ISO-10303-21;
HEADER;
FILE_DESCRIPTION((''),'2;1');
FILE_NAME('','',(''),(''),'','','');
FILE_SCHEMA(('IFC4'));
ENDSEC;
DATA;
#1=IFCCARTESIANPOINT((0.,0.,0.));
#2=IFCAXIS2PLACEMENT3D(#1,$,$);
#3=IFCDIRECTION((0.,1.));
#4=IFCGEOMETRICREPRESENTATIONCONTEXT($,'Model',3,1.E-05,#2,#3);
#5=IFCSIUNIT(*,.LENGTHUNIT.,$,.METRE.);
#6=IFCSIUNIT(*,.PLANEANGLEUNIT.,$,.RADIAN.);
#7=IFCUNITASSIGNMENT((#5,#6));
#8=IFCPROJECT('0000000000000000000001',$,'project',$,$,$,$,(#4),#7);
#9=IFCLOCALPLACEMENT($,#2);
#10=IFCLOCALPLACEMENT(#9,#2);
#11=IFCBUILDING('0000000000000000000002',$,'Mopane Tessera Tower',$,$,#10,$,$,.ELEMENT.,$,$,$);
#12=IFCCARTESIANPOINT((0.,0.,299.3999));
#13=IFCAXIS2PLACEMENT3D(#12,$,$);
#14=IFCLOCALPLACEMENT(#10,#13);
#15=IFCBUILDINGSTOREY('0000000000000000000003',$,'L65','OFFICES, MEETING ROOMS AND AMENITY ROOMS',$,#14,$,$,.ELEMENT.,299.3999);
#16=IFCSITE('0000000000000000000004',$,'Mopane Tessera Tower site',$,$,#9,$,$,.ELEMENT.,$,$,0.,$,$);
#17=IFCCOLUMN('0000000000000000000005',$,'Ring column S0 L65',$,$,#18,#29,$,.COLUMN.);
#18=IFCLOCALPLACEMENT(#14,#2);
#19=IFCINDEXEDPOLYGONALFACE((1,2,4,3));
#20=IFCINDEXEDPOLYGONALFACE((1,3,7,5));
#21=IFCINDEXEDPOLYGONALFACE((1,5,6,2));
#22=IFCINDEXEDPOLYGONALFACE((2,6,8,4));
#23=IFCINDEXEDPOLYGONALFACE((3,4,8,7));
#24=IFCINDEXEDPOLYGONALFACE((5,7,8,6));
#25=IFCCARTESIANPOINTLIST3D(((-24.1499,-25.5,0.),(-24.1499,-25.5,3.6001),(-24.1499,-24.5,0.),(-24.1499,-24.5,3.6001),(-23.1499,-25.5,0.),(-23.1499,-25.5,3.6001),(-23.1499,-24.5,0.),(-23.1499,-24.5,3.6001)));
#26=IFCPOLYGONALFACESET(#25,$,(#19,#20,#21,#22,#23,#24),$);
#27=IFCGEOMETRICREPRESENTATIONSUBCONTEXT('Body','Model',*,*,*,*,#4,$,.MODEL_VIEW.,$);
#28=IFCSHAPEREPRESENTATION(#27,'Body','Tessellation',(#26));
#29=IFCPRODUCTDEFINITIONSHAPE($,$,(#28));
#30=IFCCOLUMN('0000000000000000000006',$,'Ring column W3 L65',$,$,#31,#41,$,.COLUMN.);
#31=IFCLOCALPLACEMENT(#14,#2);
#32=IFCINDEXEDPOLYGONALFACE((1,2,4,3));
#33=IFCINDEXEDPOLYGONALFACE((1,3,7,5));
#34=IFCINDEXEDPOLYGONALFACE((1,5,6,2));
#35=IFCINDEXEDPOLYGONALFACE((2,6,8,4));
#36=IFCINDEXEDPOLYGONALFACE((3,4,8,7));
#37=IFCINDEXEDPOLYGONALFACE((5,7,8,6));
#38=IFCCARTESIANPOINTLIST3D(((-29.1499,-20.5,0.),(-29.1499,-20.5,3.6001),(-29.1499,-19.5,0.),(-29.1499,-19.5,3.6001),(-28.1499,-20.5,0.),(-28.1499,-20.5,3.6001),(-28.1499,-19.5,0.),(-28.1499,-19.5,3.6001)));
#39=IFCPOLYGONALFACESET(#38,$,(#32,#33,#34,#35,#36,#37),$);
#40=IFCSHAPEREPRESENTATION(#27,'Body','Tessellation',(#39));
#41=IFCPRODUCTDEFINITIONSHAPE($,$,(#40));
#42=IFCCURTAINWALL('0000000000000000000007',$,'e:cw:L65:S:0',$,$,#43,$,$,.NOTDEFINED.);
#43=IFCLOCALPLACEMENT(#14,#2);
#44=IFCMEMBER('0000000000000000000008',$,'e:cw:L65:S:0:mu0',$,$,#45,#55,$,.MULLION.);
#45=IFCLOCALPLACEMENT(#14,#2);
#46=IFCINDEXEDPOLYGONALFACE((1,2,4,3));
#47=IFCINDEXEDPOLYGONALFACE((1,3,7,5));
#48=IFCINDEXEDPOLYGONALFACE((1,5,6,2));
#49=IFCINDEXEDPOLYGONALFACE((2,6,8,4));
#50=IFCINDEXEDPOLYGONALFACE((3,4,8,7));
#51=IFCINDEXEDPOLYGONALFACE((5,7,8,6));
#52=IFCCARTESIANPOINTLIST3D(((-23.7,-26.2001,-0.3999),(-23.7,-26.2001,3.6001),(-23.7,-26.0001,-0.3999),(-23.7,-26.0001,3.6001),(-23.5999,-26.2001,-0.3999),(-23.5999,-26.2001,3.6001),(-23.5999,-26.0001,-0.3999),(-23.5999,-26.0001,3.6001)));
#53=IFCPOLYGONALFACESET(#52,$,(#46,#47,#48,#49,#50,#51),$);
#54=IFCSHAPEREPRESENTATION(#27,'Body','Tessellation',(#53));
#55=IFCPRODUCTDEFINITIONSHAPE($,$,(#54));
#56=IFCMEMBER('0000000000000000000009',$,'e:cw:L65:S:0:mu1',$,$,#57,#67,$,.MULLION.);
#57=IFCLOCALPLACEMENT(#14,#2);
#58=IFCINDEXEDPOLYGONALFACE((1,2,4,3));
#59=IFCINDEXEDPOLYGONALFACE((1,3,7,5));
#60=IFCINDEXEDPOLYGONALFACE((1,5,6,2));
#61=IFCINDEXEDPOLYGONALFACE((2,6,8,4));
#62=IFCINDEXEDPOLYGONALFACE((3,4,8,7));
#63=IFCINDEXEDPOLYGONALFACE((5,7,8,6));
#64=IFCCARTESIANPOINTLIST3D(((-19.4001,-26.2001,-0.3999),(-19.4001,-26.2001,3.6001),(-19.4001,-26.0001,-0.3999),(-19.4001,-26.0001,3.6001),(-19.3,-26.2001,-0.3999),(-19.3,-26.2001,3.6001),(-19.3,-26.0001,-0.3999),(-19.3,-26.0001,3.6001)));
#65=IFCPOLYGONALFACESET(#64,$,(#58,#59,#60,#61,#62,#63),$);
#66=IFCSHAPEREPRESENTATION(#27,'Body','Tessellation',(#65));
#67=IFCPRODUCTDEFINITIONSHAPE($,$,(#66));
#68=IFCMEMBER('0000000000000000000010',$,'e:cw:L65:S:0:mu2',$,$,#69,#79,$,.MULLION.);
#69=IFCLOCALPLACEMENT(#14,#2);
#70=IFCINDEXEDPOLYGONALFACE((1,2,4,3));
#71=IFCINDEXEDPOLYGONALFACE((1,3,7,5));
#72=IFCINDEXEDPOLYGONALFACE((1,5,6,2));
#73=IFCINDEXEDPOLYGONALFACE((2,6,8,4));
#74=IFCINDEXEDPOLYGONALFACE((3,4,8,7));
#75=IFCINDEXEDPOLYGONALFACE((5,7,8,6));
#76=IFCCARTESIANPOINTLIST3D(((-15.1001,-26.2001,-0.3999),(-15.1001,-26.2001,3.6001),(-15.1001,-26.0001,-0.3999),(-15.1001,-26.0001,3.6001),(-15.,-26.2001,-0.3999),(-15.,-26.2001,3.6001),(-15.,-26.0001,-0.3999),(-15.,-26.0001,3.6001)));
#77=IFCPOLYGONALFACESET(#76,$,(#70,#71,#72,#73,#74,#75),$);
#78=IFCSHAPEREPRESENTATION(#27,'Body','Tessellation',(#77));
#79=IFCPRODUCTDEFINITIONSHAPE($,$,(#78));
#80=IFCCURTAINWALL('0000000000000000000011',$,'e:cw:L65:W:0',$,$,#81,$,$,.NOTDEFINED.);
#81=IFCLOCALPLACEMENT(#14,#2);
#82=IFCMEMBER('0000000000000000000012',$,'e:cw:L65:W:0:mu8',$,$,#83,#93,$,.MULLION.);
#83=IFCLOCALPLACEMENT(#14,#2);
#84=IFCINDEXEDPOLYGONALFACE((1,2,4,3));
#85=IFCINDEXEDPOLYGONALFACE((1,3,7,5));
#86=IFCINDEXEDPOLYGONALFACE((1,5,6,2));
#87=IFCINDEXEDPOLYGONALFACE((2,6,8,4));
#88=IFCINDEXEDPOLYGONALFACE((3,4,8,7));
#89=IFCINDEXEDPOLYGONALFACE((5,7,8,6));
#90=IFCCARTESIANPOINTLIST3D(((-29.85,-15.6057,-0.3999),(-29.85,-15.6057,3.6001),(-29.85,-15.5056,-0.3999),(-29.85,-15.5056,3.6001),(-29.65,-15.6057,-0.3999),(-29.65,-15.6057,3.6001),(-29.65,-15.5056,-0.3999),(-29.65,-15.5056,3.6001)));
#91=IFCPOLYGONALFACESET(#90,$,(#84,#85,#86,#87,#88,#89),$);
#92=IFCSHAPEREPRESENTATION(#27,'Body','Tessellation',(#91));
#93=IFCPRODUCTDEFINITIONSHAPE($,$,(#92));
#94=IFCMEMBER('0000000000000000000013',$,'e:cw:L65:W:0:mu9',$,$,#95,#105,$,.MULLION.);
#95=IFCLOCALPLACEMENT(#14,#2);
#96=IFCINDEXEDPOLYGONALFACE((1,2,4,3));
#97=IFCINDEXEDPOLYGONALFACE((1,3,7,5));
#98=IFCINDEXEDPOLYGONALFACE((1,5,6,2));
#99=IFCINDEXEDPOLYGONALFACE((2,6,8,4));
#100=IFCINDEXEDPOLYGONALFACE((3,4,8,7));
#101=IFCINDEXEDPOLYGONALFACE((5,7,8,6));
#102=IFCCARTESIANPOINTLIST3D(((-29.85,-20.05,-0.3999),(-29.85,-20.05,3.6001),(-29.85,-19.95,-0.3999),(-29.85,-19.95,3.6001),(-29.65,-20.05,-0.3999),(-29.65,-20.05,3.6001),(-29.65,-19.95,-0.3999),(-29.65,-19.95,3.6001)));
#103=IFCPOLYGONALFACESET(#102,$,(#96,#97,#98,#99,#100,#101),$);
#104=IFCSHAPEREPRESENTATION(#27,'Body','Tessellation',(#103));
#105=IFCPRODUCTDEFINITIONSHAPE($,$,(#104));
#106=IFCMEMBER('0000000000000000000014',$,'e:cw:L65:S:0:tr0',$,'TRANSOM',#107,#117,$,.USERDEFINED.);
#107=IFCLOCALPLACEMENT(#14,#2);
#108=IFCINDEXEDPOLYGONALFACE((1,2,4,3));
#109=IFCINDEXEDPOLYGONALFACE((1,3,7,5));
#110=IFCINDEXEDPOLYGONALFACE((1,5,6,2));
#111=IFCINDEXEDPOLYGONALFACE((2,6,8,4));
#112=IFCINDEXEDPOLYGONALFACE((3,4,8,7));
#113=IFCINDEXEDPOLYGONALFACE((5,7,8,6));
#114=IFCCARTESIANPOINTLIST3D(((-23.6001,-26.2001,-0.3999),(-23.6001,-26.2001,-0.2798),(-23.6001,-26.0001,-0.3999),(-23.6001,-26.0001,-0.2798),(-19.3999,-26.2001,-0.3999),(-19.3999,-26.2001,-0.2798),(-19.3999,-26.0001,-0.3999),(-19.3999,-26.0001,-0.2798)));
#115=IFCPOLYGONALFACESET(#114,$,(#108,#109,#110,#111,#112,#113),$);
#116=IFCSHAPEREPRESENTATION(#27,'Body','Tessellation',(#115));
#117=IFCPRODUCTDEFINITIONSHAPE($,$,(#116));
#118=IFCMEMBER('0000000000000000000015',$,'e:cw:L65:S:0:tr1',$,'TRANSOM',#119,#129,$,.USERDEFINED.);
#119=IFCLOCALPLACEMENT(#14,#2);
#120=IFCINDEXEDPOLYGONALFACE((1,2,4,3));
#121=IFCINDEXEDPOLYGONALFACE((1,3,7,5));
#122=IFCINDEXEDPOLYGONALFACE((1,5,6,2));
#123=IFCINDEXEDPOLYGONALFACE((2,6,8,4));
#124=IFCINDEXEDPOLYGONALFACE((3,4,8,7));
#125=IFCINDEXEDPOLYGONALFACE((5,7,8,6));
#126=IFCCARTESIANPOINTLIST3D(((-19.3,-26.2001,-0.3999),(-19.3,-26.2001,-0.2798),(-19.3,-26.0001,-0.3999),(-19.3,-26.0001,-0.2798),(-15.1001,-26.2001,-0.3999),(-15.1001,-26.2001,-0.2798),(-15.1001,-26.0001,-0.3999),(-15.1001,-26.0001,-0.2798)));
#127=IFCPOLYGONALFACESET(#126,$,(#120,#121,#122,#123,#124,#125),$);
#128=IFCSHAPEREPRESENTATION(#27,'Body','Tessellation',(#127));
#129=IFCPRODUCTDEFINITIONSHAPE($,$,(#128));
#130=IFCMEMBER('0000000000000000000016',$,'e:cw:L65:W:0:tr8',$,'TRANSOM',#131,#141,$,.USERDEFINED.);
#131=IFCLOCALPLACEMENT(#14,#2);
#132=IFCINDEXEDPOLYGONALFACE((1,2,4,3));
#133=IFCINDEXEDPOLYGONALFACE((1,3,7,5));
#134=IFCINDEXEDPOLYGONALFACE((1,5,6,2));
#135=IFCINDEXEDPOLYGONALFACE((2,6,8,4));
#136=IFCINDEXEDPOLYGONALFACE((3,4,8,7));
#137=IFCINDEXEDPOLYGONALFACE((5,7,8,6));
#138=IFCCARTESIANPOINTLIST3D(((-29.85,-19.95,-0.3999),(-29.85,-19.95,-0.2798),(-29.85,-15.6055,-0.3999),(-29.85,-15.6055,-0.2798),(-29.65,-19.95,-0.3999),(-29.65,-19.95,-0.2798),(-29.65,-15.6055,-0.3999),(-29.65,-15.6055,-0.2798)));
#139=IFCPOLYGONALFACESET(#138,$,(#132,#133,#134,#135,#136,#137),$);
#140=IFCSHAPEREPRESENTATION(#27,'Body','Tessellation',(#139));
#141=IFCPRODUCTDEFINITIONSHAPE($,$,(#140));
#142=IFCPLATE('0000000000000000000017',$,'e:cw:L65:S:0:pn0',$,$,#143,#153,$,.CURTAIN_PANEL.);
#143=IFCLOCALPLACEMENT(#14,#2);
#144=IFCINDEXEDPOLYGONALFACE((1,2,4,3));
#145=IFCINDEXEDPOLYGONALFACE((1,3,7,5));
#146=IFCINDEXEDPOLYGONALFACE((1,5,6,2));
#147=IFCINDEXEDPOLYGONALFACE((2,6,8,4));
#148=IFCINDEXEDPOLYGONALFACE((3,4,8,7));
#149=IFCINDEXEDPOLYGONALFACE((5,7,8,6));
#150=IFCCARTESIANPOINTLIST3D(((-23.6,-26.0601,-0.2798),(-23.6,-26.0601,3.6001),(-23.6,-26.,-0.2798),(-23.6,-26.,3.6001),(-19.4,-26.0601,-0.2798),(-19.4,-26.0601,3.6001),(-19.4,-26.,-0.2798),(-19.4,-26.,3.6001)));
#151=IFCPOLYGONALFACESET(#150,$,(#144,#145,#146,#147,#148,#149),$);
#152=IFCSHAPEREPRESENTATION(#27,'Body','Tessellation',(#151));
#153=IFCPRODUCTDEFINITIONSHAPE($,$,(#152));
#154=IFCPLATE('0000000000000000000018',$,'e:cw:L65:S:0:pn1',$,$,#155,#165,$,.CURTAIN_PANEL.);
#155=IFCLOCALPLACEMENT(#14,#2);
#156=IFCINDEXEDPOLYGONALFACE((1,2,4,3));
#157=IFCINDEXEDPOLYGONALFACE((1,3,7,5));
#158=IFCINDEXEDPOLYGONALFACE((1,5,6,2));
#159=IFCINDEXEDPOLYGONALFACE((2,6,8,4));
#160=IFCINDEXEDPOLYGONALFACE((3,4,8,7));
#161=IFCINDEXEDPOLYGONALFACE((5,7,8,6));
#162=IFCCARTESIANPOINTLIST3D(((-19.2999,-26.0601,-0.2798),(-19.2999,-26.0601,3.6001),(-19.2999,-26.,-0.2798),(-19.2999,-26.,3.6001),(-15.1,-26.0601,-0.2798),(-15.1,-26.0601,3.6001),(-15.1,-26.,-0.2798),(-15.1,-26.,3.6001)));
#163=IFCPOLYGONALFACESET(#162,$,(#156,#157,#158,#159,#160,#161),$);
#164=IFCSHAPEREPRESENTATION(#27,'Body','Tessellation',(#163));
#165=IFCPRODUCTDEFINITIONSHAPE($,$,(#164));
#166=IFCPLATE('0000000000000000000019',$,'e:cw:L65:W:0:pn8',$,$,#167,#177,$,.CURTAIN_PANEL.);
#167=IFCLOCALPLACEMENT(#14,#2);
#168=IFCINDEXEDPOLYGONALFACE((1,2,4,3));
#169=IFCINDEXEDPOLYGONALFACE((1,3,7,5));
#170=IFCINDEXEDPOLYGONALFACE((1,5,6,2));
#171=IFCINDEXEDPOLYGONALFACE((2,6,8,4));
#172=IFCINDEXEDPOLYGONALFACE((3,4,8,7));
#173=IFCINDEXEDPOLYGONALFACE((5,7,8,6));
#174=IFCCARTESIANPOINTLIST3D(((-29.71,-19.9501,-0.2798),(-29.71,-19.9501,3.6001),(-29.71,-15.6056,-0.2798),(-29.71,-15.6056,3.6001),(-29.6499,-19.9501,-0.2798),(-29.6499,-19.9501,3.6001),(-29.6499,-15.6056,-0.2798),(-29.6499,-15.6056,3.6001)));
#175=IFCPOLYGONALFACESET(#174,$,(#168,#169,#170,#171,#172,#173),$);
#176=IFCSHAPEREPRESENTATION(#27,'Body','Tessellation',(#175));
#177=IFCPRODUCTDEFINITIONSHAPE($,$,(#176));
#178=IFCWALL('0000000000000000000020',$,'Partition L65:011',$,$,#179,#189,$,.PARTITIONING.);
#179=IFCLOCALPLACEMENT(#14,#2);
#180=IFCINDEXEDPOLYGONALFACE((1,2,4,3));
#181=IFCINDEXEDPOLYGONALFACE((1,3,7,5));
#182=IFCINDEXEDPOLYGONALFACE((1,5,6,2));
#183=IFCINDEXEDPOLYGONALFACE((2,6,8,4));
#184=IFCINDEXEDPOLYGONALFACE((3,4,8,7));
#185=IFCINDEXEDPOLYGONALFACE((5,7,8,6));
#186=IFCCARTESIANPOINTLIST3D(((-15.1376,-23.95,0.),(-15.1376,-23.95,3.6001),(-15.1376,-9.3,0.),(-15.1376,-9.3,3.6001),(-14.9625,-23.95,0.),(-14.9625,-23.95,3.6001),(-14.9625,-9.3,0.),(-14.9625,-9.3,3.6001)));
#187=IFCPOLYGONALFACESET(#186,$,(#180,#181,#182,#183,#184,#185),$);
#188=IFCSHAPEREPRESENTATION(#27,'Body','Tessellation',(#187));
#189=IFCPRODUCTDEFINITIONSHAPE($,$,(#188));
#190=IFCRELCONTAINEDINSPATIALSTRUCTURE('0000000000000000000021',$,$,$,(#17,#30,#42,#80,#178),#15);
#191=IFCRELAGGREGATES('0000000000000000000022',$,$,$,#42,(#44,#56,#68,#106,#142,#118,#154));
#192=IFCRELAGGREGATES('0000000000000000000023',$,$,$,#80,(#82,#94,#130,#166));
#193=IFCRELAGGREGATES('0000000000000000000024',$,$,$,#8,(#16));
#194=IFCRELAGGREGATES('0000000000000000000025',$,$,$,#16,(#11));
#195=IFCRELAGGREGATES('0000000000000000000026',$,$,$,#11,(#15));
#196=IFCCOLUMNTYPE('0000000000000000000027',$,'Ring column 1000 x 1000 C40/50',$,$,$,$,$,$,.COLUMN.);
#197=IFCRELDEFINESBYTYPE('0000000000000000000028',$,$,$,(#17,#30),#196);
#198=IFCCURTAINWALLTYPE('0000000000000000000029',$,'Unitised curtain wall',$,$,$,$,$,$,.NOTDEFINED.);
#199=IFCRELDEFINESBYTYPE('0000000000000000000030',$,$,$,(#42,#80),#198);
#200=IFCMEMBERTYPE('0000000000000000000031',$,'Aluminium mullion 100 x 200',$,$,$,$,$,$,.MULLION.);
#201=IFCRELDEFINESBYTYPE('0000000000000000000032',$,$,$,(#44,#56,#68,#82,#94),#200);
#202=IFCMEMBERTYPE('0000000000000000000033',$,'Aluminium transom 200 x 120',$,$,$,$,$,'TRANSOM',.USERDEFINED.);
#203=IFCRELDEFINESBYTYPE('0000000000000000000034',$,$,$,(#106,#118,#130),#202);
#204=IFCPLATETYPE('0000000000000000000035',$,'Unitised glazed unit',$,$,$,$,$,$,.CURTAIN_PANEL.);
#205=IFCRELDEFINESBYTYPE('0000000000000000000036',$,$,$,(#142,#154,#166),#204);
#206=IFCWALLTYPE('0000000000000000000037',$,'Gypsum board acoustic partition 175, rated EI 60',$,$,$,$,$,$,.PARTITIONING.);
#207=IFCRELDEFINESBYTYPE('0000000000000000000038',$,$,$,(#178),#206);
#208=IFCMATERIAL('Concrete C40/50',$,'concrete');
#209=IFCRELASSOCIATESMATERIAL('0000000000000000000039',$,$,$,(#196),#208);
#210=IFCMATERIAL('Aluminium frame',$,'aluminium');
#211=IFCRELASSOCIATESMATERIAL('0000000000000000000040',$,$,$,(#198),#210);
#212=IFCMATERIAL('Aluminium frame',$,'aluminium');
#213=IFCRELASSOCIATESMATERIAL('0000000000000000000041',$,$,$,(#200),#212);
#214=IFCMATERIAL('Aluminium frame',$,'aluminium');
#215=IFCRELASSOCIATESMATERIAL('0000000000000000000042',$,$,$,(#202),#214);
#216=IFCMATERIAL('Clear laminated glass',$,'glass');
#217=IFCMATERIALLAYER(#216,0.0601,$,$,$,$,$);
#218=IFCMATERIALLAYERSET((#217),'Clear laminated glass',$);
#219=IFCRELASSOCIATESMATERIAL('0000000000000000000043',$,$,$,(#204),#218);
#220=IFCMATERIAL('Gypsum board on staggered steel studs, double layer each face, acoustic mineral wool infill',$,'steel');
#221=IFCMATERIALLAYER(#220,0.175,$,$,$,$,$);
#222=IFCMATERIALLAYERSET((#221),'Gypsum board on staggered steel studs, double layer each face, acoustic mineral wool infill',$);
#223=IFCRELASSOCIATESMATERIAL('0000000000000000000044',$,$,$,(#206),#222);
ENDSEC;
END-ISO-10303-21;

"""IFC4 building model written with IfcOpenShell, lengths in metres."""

from ifc_helpers import new_model, si_unit, direction, frame, frame_2d, origin, origin_2d, place, context, subcontext, project, spatial, rectangle, extrude, material, layer, layer_set, material_profile, profile_set, type_object, element, aggregate, save


model = new_model("IFC4")

# Units and contexts
model_context = context("Model", 3, precision=1e-05, world=origin(), true_north=direction((0.0, 1.0)))
body_context = subcontext(model_context, "Body", "Model", "MODEL_VIEW")
ifc_project = project(units=[si_unit("LENGTHUNIT", "METRE"), si_unit("PLANEANGLEUNIT", "RADIAN")], contexts=[model_context])

# Site, building, storey
site_placement = place(None, origin())
site = spatial("IfcSite", under=ifc_project, at=site_placement, Name="Mopane Tessera Tower site", CompositionType="ELEMENT", RefElevation=0.0)
building_placement = place(site_placement, origin())
building = spatial("IfcBuilding", under=site, at=building_placement, Name="Mopane Tessera Tower", CompositionType="ELEMENT")
storey_placement = place(building_placement, frame((0.0, 0.0, 299.3999)))
storey = spatial("IfcBuildingStorey", under=building, at=storey_placement, Name="L65", Description="OFFICES, MEETING ROOMS AND AMENITY ROOMS", CompositionType="ELEMENT", Elevation=299.3999)

# Columns
ifc_material_1 = material(Name="Concrete C40/50", Category="concrete")
ifc_material_profile_1 = material_profile(ifc_material_1, rectangle(XDim=1.0, YDim=1.0, at=origin_2d()))
ifc_profile_set_1 = profile_set([ifc_material_profile_1], Name="Concrete C40/50")
column_type = type_object("IfcColumnType", Name="Ring column 1000 x 1000 C40/50", PredefinedType="COLUMN", material=ifc_profile_set_1)
for number, where, z_axis, x_axis, name in (
    (1, (-23.6499, -25.0, 0.0), (0.0, 0.0, 1.0), (1.0, 0.0, 0.0), "Ring column S0 L65"),
    (2, (-28.6499, -20.0, 0.0), (0.0, 0.0, 1.0), (1.0, 0.0, 0.0), "Ring column W3 L65"),
):
    element("IfcColumn", number, at=place(storey_placement, frame(where, z_axis=z_axis, x_axis=x_axis)), inside=storey, type_object=column_type, Name=name, PredefinedType="COLUMN", context=body_context, shape_type="SweptSolid", body=[
        extrude(rectangle(XDim=1.0, YDim=1.0, at=origin_2d()), origin(), (0.0, 0.0, 1.0), 3.6001),
    ])

# Curtain walls, members
ifc_material_2 = material(Name="Aluminium frame", Category="aluminium")
curtain_wall_type = type_object("IfcCurtainWallType", Name="Unitised curtain wall", PredefinedType="NOTDEFINED", material=ifc_material_2)
curtain_wall_1_placement = place(storey_placement, origin())
curtain_wall_1 = element("IfcCurtainWall", 3, at=curtain_wall_1_placement, inside=storey, type_object=curtain_wall_type, Name="e:cw:L65:S:0", PredefinedType="NOTDEFINED")
ifc_material_3 = material(Name="Aluminium frame", Category="aluminium")
ifc_material_profile_2 = material_profile(ifc_material_3, rectangle(XDim=0.1001, YDim=0.2, at=origin_2d()))
ifc_profile_set_2 = profile_set([ifc_material_profile_2], Name="Aluminium frame")
member_type_1 = type_object("IfcMemberType", Name="Aluminium mullion 100 x 200", PredefinedType="MULLION", material=ifc_profile_set_2)
member_1_placement = place(storey_placement, frame((-23.6499, -26.1001, -0.3999), z_axis=(0.0, 0.0, 1.0), x_axis=(1.0, 0.0, 0.0)))
member_1 = element("IfcMember", 4, at=member_1_placement, type_object=member_type_1, Name="e:cw:L65:S:0:mu0", PredefinedType="MULLION", context=body_context, shape_type="SweptSolid", body=[
    extrude(rectangle(XDim=0.1001, YDim=0.2, at=origin_2d()), origin(), (0.0, 0.0, 1.0), 4.0),
])
member_2_placement = place(storey_placement, frame((-19.3501, -26.1001, -0.3999), z_axis=(0.0, 0.0, 1.0), x_axis=(1.0, 0.0, 0.0)))
member_2 = element("IfcMember", 5, at=member_2_placement, type_object=member_type_1, Name="e:cw:L65:S:0:mu1", PredefinedType="MULLION", context=body_context, shape_type="SweptSolid", body=[
    extrude(rectangle(XDim=0.1001, YDim=0.2, at=origin_2d()), origin(), (0.0, 0.0, 1.0), 4.0),
])
member_3_placement = place(storey_placement, frame((-15.05, -26.1001, -0.3999), z_axis=(0.0, 0.0, 1.0), x_axis=(1.0, 0.0, 0.0)))
member_3 = element("IfcMember", 6, at=member_3_placement, type_object=member_type_1, Name="e:cw:L65:S:0:mu2", PredefinedType="MULLION", context=body_context, shape_type="SweptSolid", body=[
    extrude(rectangle(XDim=0.1001, YDim=0.2, at=origin_2d()), origin(), (0.0, 0.0, 1.0), 4.0),
])
curtain_wall_2_placement = place(storey_placement, origin())
curtain_wall_2 = element("IfcCurtainWall", 7, at=curtain_wall_2_placement, inside=storey, type_object=curtain_wall_type, Name="e:cw:L65:W:0", PredefinedType="NOTDEFINED")
member_4_placement = place(storey_placement, frame((-29.75, -15.5557, -0.3999), z_axis=(0.0, 0.0, 1.0), x_axis=(0.0, -1.0, 0.0)))
member_4 = element("IfcMember", 8, at=member_4_placement, type_object=member_type_1, Name="e:cw:L65:W:0:mu8", PredefinedType="MULLION", context=body_context, shape_type="SweptSolid", body=[
    extrude(rectangle(XDim=0.1001, YDim=0.2, at=origin_2d()), origin(), (0.0, 0.0, 1.0), 4.0),
])
member_5_placement = place(storey_placement, frame((-29.75, -20.0, -0.3999), z_axis=(0.0, 0.0, 1.0), x_axis=(0.0, -1.0, 0.0)))
member_5 = element("IfcMember", 9, at=member_5_placement, type_object=member_type_1, Name="e:cw:L65:W:0:mu9", PredefinedType="MULLION", context=body_context, shape_type="SweptSolid", body=[
    extrude(rectangle(XDim=0.1001, YDim=0.2, at=origin_2d()), origin(), (0.0, 0.0, 1.0), 4.0),
])

# Members
ifc_material_4 = material(Name="Aluminium frame", Category="aluminium")
ifc_material_profile_3 = material_profile(ifc_material_4, rectangle(XDim=0.2, YDim=0.1201, at=origin_2d()))
ifc_profile_set_3 = profile_set([ifc_material_profile_3], Name="Aluminium frame")
member_type_2 = type_object("IfcMemberType", Name="Aluminium transom 200 x 120", ElementType="TRANSOM", PredefinedType="USERDEFINED", material=ifc_profile_set_3)
member_6_placement = place(storey_placement, frame((-23.6001, -26.1001, -0.3398), z_axis=(1.0, 0.0, 0.0), x_axis=(0.0, 1.0, 0.0)))
member_6 = element("IfcMember", 10, at=member_6_placement, type_object=member_type_2, Name="e:cw:L65:S:0:tr0", ObjectType="TRANSOM", PredefinedType="USERDEFINED", context=body_context, shape_type="SweptSolid", body=[
    extrude(rectangle(XDim=0.2, YDim=0.1201, at=origin_2d()), origin(), (0.0, 0.0, 1.0), 4.2002),
])
member_7_placement = place(storey_placement, frame((-19.3, -26.1001, -0.3398), z_axis=(1.0, 0.0, 0.0), x_axis=(0.0, 1.0, 0.0)))
member_7 = element("IfcMember", 11, at=member_7_placement, type_object=member_type_2, Name="e:cw:L65:S:0:tr1", ObjectType="TRANSOM", PredefinedType="USERDEFINED", context=body_context, shape_type="SweptSolid", body=[
    extrude(rectangle(XDim=0.2, YDim=0.1201, at=origin_2d()), origin(), (0.0, 0.0, 1.0), 4.2),
])
member_8_placement = place(storey_placement, frame((-29.75, -15.6055, -0.3398), z_axis=(0.0, -1.0, 0.0), x_axis=(1.0, 0.0, 0.0)))
member_8 = element("IfcMember", 12, at=member_8_placement, type_object=member_type_2, Name="e:cw:L65:W:0:tr8", ObjectType="TRANSOM", PredefinedType="USERDEFINED", context=body_context, shape_type="SweptSolid", body=[
    extrude(rectangle(XDim=0.2, YDim=0.1201, at=origin_2d()), origin(), (0.0, 0.0, 1.0), 4.3445),
])

# Plates
ifc_material_5 = material(Name="Clear laminated glass", Category="glass")
ifc_layer_1 = layer(ifc_material_5, 0.0601)
ifc_layer_set_1 = layer_set([ifc_layer_1], Name="Clear laminated glass")
plate_type = type_object("IfcPlateType", Name="Unitised glazed unit", PredefinedType="CURTAIN_PANEL", material=ifc_layer_set_1)
plate_1_placement = place(storey_placement, frame((-21.5, -26.03, -0.2798), z_axis=(0.0, 0.0, 1.0), x_axis=(1.0, 0.0, 0.0)))
plate_1 = element("IfcPlate", 13, at=plate_1_placement, type_object=plate_type, Name="e:cw:L65:S:0:pn0", PredefinedType="CURTAIN_PANEL", context=body_context, shape_type="SweptSolid", body=[
    extrude(rectangle(XDim=4.2, YDim=0.0601, at=origin_2d()), origin(), (0.0, 0.0, 1.0), 3.8799),
])
plate_2_placement = place(storey_placement, frame((-17.2, -26.03, -0.2798), z_axis=(0.0, 0.0, 1.0), x_axis=(1.0, 0.0, 0.0)))
plate_2 = element("IfcPlate", 14, at=plate_2_placement, type_object=plate_type, Name="e:cw:L65:S:0:pn1", PredefinedType="CURTAIN_PANEL", context=body_context, shape_type="SweptSolid", body=[
    extrude(rectangle(XDim=4.2, YDim=0.0601, at=origin_2d()), origin(), (0.0, 0.0, 1.0), 3.8799),
])
aggregate(curtain_wall_1, [member_1, member_2, member_3, member_6, plate_1, member_7, plate_2])
plate_3_placement = place(storey_placement, frame((-29.6799, -17.7778, -0.2798), z_axis=(0.0, 0.0, 1.0), x_axis=(0.0, -1.0, 0.0)))
plate_3 = element("IfcPlate", 15, at=plate_3_placement, type_object=plate_type, Name="e:cw:L65:W:0:pn8", PredefinedType="CURTAIN_PANEL", context=body_context, shape_type="SweptSolid", body=[
    extrude(rectangle(XDim=4.3445, YDim=0.0601, at=origin_2d()), origin(), (0.0, 0.0, 1.0), 3.8799),
])
aggregate(curtain_wall_2, [member_4, member_5, member_8, plate_3])

# Wall
ifc_material_6 = material(Name="Gypsum board on staggered steel studs, double layer each face, acoustic mineral wool infill", Category="steel")
ifc_layer_2 = layer(ifc_material_6, 0.175)
ifc_layer_set_2 = layer_set([ifc_layer_2], Name="Gypsum board on staggered steel studs, double layer each face, acoustic mineral wool infill")
wall_type_1 = type_object("IfcWallType", Name="Gypsum board acoustic partition 175, rated EI 60", PredefinedType="PARTITIONING", material=ifc_layer_set_2)
wall_1_placement = place(storey_placement, frame((-15.05, -23.95, 0.0), z_axis=(0.0, 0.0, 1.0), x_axis=(0.0, 1.0, 0.0)))
element("IfcWall", 16, at=wall_1_placement, inside=storey, type_object=wall_type_1, Name="Partition L65:011", PredefinedType="PARTITIONING", context=body_context, shape_type="SweptSolid", body=[
    extrude(rectangle(XDim=14.6499, YDim=0.175, at=frame_2d((7.325, 0.0))), origin(), (0.0, 0.0, 1.0), 3.6001),
])

save(model, "model.ifc")
